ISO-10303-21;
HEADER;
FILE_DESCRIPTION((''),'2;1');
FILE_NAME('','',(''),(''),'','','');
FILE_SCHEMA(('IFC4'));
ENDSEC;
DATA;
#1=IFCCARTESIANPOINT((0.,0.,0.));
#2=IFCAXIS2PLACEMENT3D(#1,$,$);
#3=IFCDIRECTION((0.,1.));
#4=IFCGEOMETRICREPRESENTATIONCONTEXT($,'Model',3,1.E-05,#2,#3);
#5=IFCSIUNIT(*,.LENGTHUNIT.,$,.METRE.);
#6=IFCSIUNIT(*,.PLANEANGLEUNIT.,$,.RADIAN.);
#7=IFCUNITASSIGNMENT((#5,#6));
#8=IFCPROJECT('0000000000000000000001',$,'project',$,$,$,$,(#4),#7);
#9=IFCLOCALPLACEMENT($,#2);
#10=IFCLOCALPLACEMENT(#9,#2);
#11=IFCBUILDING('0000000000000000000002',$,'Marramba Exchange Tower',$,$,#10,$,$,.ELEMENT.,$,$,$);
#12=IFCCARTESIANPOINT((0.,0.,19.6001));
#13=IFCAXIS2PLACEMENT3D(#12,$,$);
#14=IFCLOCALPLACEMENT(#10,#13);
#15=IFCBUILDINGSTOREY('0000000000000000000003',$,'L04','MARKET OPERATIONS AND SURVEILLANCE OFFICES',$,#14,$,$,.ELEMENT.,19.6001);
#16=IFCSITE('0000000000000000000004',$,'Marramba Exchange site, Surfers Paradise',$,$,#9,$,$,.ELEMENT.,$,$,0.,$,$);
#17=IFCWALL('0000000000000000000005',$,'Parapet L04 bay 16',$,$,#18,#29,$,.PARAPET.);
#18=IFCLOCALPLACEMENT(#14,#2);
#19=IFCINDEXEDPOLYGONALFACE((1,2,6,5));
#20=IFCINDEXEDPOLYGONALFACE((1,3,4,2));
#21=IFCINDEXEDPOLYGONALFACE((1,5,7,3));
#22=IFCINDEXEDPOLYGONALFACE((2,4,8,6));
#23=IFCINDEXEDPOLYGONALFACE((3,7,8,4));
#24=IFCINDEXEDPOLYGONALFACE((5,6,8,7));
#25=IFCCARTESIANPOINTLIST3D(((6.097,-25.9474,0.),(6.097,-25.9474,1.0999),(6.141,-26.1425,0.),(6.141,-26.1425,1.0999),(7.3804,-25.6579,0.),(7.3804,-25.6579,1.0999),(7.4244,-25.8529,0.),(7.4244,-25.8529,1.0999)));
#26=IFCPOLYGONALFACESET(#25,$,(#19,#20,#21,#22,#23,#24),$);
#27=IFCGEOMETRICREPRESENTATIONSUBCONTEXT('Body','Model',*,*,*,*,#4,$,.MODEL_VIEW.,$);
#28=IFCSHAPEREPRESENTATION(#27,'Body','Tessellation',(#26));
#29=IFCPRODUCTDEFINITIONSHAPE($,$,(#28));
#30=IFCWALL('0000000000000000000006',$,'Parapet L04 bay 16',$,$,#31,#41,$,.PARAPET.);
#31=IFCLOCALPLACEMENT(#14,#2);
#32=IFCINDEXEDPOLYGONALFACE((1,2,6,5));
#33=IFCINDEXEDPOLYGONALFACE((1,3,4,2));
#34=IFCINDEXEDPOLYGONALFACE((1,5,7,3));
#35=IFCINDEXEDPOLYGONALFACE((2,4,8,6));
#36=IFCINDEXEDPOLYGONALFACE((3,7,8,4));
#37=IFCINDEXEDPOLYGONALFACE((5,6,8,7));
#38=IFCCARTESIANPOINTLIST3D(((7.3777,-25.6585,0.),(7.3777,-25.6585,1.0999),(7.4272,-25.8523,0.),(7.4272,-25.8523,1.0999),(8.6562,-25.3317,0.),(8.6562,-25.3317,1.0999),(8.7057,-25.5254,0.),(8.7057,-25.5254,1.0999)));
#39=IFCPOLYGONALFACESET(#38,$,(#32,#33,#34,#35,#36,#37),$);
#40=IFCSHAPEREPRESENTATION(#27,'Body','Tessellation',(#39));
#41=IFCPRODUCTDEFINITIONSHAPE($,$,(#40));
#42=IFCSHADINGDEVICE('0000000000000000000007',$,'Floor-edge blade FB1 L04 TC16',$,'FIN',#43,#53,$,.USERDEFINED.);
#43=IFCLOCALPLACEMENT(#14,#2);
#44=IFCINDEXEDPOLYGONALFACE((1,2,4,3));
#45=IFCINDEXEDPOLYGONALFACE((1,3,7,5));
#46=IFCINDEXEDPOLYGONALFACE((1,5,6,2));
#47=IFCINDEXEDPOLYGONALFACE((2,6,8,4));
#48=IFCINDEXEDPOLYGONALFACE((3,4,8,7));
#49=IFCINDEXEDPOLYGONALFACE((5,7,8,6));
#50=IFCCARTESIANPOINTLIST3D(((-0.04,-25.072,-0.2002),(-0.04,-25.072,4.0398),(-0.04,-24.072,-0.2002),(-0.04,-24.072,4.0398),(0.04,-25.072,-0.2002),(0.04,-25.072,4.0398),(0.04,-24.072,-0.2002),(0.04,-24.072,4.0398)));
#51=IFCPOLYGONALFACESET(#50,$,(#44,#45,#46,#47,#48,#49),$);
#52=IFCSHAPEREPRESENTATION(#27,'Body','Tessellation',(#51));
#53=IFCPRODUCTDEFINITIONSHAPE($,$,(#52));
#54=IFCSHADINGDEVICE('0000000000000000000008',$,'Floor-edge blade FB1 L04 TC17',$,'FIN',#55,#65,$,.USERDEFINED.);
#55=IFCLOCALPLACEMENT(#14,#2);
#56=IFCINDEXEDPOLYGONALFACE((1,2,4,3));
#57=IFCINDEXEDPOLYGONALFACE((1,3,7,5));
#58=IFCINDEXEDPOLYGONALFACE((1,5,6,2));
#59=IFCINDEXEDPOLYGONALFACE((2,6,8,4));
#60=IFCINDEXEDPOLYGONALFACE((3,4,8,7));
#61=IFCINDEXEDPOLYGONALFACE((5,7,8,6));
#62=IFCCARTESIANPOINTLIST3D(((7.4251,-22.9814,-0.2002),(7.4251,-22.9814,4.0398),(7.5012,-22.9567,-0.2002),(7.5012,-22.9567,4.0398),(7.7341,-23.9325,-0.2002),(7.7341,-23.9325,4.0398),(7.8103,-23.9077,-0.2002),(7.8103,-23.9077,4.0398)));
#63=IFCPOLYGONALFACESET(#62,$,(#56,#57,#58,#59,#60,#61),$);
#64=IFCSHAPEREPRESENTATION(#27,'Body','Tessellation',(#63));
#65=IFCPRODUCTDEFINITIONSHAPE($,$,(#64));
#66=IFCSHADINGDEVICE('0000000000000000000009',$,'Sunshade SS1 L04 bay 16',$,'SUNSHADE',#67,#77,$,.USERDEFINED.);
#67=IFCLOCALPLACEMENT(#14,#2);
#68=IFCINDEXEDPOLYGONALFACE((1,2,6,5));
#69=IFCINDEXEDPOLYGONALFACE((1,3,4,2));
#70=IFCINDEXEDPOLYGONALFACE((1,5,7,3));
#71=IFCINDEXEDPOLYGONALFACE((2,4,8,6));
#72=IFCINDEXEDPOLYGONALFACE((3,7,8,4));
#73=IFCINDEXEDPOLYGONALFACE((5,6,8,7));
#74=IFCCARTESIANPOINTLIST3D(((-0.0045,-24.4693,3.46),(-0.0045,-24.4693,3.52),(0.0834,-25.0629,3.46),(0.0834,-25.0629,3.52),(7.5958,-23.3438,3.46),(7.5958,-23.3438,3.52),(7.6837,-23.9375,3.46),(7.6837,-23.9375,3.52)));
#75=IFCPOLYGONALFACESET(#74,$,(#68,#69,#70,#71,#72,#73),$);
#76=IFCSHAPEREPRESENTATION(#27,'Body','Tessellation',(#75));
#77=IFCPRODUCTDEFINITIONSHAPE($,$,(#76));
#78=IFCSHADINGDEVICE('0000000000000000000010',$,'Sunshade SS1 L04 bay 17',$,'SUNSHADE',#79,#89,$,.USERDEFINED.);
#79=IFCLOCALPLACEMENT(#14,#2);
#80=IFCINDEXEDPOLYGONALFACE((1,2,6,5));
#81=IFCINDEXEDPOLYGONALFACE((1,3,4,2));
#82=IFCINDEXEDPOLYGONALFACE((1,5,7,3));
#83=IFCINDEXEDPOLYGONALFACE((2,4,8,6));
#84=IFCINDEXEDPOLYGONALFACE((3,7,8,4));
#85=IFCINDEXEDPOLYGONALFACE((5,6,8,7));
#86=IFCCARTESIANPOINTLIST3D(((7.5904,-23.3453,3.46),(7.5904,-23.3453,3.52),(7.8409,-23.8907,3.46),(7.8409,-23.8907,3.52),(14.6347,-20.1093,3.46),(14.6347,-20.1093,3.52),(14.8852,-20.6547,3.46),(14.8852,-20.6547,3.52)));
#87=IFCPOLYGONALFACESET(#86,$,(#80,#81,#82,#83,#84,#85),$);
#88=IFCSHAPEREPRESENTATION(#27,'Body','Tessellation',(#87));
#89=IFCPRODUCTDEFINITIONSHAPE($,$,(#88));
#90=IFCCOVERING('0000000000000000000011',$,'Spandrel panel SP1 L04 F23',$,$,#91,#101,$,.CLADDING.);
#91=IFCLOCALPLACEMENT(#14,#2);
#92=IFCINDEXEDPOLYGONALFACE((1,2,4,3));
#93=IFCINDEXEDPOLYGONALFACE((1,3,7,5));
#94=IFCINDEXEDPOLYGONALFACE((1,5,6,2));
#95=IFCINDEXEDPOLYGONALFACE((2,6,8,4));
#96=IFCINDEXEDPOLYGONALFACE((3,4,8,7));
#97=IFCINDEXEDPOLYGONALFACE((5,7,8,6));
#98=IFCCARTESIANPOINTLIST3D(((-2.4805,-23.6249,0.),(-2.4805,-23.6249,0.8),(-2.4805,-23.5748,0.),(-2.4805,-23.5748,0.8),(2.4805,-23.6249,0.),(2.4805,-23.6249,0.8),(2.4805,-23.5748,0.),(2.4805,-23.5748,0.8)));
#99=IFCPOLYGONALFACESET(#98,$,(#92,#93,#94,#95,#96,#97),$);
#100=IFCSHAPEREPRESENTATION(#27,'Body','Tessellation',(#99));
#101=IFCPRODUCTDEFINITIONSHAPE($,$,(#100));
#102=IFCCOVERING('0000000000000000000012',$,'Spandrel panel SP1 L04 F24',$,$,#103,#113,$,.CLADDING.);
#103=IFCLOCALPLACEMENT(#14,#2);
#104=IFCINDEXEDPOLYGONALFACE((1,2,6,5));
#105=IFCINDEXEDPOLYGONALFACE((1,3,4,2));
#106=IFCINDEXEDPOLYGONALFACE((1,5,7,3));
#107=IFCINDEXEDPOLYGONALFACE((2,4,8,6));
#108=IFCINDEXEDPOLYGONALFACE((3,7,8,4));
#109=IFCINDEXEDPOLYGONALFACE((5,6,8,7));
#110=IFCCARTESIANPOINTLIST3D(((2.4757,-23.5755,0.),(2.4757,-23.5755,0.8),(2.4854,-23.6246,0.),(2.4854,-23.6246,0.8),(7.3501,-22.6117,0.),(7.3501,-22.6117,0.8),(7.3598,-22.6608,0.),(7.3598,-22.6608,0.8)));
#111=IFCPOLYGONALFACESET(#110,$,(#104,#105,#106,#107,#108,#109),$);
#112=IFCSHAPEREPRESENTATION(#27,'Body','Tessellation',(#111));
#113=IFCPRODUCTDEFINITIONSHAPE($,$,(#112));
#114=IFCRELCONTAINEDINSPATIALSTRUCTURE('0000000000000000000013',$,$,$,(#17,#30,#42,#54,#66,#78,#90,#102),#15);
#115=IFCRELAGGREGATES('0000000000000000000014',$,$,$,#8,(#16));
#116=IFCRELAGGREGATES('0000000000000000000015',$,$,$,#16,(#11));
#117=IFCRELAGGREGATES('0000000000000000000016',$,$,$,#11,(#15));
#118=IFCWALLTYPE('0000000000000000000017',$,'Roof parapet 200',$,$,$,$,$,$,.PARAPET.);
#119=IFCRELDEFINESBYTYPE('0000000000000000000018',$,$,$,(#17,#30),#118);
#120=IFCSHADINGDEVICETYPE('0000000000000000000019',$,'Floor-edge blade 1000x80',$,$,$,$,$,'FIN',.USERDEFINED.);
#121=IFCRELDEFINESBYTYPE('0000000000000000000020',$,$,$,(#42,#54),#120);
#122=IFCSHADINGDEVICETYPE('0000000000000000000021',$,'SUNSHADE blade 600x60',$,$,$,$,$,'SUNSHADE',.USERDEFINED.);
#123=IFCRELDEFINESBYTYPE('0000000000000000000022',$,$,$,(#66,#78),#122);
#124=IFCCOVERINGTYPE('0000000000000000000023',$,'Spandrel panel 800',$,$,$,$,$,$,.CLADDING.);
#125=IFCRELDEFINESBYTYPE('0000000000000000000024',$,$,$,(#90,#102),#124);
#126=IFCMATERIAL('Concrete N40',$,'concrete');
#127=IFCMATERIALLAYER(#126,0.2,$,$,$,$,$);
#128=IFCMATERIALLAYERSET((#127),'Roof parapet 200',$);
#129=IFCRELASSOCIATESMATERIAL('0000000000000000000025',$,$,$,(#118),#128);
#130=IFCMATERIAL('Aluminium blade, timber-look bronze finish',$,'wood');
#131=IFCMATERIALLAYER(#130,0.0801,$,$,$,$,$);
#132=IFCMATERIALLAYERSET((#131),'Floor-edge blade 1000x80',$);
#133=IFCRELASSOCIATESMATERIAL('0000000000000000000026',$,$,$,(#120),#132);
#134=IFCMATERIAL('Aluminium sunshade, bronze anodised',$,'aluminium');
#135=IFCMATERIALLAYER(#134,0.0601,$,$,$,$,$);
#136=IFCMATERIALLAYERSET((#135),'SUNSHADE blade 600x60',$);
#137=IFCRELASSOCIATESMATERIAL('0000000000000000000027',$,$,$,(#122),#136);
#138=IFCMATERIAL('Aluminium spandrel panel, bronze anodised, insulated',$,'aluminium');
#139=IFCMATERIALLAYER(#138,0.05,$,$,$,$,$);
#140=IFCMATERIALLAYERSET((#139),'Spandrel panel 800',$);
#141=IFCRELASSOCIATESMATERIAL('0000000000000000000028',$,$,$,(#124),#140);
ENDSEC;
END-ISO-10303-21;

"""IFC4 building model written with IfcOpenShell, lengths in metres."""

from ifc_helpers import new_model, si_unit, direction, frame, frame_2d, origin, origin_2d, place, context, subcontext, project, spatial, rectangle, extrude, material, layer, layer_set, type_object, element, save


model = new_model("IFC4")

# Units and contexts
model_context = context("Model", 3, precision=1e-05, world=origin(), true_north=direction((0.0, 1.0)))
body_context = subcontext(model_context, "Body", "Model", "MODEL_VIEW")
ifc_project = project(units=[si_unit("LENGTHUNIT", "METRE"), si_unit("PLANEANGLEUNIT", "RADIAN")], contexts=[model_context])

# Site, building, storey
site_placement = place(None, origin())
site = spatial("IfcSite", under=ifc_project, at=site_placement, Name="Marramba Exchange site, Surfers Paradise", CompositionType="ELEMENT", RefElevation=0.0)
building_placement = place(site_placement, origin())
building = spatial("IfcBuilding", under=site, at=building_placement, Name="Marramba Exchange Tower", CompositionType="ELEMENT")
storey_placement = place(building_placement, frame((0.0, 0.0, 19.6001)))
storey = spatial("IfcBuildingStorey", under=building, at=storey_placement, Name="L04", Description="MARKET OPERATIONS AND SURVEILLANCE OFFICES", CompositionType="ELEMENT", Elevation=19.6001)

# Walls
ifc_material_1 = material(Name="Concrete N40", Category="concrete")
ifc_layer_1 = layer(ifc_material_1, 0.2)
ifc_layer_set_1 = layer_set([ifc_layer_1], Name="Roof parapet 200")
wall_type_1 = type_object("IfcWallType", Name="Roof parapet 200", PredefinedType="PARAPET", material=ifc_layer_set_1)
wall_1_placement = place(storey_placement, frame((6.1191, -26.0449, 0.0), z_axis=(0.0, 0.0, 1.0), x_axis=(0.975483, 0.220073, 0.0)))
element("IfcWall", 1, at=wall_1_placement, inside=storey, type_object=wall_type_1, Name="Parapet L04 bay 16", PredefinedType="PARAPET", context=body_context, shape_type="SweptSolid", body=[
    extrude(rectangle(XDim=1.3157, YDim=0.2, at=frame_2d((0.6577, 0.0))), origin(), (0.0, 0.0, 1.0), 1.0999),
])
wall_2_placement = place(storey_placement, frame((7.4026, -25.7554, 0.0), z_axis=(0.0, 0.0, 1.0), x_axis=(0.968834, 0.247712, 0.0)))
element("IfcWall", 2, at=wall_2_placement, inside=storey, type_object=wall_type_1, Name="Parapet L04 bay 16", PredefinedType="PARAPET", context=body_context, shape_type="SweptSolid", body=[
    extrude(rectangle(XDim=1.3196, YDim=0.2, at=frame_2d((0.6597, 0.0))), origin(), (0.0, 0.0, 1.0), 1.0999),
])

# Shading devices
ifc_material_2 = material(Name="Aluminium blade, timber-look bronze finish", Category="wood")
ifc_layer_2 = layer(ifc_material_2, 0.0801)
ifc_layer_set_2 = layer_set([ifc_layer_2], Name="Floor-edge blade 1000x80")
shading_device_type_1 = type_object("IfcShadingDeviceType", Name="Floor-edge blade 1000x80", ElementType="FIN", PredefinedType="USERDEFINED", material=ifc_layer_set_2)
for number, where, z_axis, x_axis, name in (
    (3, (0.0, -24.572, -0.2002), (0.0, 0.0, 1.0), (0.0, -1.0, 0.0), "Floor-edge blade FB1 L04 TC16"),
    (4, (7.6177, -23.4446, -0.2002), (0.0, 0.0, 1.0), (0.309017, -0.951057, 0.0), "Floor-edge blade FB1 L04 TC17"),
):
    element("IfcShadingDevice", number, at=place(storey_placement, frame(where, z_axis=z_axis, x_axis=x_axis)), inside=storey, type_object=shading_device_type_1, Name=name, ObjectType="FIN", PredefinedType="USERDEFINED", context=body_context, shape_type="SweptSolid", body=[
        extrude(rectangle(XDim=1.0, YDim=0.0801, at=origin_2d()), origin(), (0.0, 0.0, 1.0), 4.24),
    ])
ifc_material_3 = material(Name="Aluminium sunshade, bronze anodised", Category="aluminium")
ifc_layer_3 = layer(ifc_material_3, 0.0601)
ifc_layer_set_3 = layer_set([ifc_layer_3], Name="SUNSHADE blade 600x60")
shading_device_type_2 = type_object("IfcShadingDeviceType", Name="SUNSHADE blade 600x60", ElementType="SUNSHADE", PredefinedType="USERDEFINED", material=ifc_layer_set_3)
shading_device_1_placement = place(storey_placement, frame((3.8396, -24.2034, 3.46), z_axis=(0.0, 0.0, 1.0), x_axis=(0.989213, 0.146485, 0.0)))
element("IfcShadingDevice", 5, at=shading_device_1_placement, inside=storey, type_object=shading_device_type_2, Name="Sunshade SS1 L04 bay 16", ObjectType="SUNSHADE", PredefinedType="USERDEFINED", context=body_context, shape_type="SweptSolid", body=[
    extrude(rectangle(XDim=7.6831, YDim=0.6001, at=origin_2d()), origin(), (0.0, 0.0, 1.0), 0.0601),
])
shading_device_2_placement = place(storey_placement, frame((11.2378, -22.0, 3.46), z_axis=(0.0, 0.0, 1.0), x_axis=(0.908704, 0.417442, 0.0)))
element("IfcShadingDevice", 6, at=shading_device_2_placement, inside=storey, type_object=shading_device_type_2, Name="Sunshade SS1 L04 bay 17", ObjectType="SUNSHADE", PredefinedType="USERDEFINED", context=body_context, shape_type="SweptSolid", body=[
    extrude(rectangle(XDim=7.752, YDim=0.6001, at=origin_2d()), origin(), (0.0, 0.0, 1.0), 0.0601),
])

# Coverings
ifc_material_4 = material(Name="Aluminium spandrel panel, bronze anodised, insulated", Category="aluminium")
ifc_layer_4 = layer(ifc_material_4, 0.05)
ifc_layer_set_4 = layer_set([ifc_layer_4], Name="Spandrel panel 800")
covering_type = type_object("IfcCoveringType", Name="Spandrel panel 800", PredefinedType="CLADDING", material=ifc_layer_set_4)
covering_1_placement = place(storey_placement, frame((0.0, -23.5999, 0.0), z_axis=(0.0, 0.0, 1.0), x_axis=(1.0, 0.0, 0.0)))
element("IfcCovering", 7, at=covering_1_placement, inside=storey, type_object=covering_type, Name="Spandrel panel SP1 L04 F23", PredefinedType="CLADDING", context=body_context, shape_type="SweptSolid", body=[
    extrude(rectangle(XDim=4.9609, YDim=0.05, at=origin_2d()), origin(), (0.0, 0.0, 1.0), 0.8),
])
covering_2_placement = place(storey_placement, frame((4.9177, -23.1182, 0.0), z_axis=(0.0, 0.0, 1.0), x_axis=(0.981009, 0.193961, 0.0)))
element("IfcCovering", 8, at=covering_2_placement, inside=storey, type_object=covering_type, Name="Spandrel panel SP1 L04 F24", PredefinedType="CLADDING", context=body_context, shape_type="SweptSolid", body=[
    extrude(rectangle(XDim=4.9688, YDim=0.05, at=origin_2d()), origin(), (0.0, 0.0, 1.0), 0.8),
])

save(model, "model.ifc")
